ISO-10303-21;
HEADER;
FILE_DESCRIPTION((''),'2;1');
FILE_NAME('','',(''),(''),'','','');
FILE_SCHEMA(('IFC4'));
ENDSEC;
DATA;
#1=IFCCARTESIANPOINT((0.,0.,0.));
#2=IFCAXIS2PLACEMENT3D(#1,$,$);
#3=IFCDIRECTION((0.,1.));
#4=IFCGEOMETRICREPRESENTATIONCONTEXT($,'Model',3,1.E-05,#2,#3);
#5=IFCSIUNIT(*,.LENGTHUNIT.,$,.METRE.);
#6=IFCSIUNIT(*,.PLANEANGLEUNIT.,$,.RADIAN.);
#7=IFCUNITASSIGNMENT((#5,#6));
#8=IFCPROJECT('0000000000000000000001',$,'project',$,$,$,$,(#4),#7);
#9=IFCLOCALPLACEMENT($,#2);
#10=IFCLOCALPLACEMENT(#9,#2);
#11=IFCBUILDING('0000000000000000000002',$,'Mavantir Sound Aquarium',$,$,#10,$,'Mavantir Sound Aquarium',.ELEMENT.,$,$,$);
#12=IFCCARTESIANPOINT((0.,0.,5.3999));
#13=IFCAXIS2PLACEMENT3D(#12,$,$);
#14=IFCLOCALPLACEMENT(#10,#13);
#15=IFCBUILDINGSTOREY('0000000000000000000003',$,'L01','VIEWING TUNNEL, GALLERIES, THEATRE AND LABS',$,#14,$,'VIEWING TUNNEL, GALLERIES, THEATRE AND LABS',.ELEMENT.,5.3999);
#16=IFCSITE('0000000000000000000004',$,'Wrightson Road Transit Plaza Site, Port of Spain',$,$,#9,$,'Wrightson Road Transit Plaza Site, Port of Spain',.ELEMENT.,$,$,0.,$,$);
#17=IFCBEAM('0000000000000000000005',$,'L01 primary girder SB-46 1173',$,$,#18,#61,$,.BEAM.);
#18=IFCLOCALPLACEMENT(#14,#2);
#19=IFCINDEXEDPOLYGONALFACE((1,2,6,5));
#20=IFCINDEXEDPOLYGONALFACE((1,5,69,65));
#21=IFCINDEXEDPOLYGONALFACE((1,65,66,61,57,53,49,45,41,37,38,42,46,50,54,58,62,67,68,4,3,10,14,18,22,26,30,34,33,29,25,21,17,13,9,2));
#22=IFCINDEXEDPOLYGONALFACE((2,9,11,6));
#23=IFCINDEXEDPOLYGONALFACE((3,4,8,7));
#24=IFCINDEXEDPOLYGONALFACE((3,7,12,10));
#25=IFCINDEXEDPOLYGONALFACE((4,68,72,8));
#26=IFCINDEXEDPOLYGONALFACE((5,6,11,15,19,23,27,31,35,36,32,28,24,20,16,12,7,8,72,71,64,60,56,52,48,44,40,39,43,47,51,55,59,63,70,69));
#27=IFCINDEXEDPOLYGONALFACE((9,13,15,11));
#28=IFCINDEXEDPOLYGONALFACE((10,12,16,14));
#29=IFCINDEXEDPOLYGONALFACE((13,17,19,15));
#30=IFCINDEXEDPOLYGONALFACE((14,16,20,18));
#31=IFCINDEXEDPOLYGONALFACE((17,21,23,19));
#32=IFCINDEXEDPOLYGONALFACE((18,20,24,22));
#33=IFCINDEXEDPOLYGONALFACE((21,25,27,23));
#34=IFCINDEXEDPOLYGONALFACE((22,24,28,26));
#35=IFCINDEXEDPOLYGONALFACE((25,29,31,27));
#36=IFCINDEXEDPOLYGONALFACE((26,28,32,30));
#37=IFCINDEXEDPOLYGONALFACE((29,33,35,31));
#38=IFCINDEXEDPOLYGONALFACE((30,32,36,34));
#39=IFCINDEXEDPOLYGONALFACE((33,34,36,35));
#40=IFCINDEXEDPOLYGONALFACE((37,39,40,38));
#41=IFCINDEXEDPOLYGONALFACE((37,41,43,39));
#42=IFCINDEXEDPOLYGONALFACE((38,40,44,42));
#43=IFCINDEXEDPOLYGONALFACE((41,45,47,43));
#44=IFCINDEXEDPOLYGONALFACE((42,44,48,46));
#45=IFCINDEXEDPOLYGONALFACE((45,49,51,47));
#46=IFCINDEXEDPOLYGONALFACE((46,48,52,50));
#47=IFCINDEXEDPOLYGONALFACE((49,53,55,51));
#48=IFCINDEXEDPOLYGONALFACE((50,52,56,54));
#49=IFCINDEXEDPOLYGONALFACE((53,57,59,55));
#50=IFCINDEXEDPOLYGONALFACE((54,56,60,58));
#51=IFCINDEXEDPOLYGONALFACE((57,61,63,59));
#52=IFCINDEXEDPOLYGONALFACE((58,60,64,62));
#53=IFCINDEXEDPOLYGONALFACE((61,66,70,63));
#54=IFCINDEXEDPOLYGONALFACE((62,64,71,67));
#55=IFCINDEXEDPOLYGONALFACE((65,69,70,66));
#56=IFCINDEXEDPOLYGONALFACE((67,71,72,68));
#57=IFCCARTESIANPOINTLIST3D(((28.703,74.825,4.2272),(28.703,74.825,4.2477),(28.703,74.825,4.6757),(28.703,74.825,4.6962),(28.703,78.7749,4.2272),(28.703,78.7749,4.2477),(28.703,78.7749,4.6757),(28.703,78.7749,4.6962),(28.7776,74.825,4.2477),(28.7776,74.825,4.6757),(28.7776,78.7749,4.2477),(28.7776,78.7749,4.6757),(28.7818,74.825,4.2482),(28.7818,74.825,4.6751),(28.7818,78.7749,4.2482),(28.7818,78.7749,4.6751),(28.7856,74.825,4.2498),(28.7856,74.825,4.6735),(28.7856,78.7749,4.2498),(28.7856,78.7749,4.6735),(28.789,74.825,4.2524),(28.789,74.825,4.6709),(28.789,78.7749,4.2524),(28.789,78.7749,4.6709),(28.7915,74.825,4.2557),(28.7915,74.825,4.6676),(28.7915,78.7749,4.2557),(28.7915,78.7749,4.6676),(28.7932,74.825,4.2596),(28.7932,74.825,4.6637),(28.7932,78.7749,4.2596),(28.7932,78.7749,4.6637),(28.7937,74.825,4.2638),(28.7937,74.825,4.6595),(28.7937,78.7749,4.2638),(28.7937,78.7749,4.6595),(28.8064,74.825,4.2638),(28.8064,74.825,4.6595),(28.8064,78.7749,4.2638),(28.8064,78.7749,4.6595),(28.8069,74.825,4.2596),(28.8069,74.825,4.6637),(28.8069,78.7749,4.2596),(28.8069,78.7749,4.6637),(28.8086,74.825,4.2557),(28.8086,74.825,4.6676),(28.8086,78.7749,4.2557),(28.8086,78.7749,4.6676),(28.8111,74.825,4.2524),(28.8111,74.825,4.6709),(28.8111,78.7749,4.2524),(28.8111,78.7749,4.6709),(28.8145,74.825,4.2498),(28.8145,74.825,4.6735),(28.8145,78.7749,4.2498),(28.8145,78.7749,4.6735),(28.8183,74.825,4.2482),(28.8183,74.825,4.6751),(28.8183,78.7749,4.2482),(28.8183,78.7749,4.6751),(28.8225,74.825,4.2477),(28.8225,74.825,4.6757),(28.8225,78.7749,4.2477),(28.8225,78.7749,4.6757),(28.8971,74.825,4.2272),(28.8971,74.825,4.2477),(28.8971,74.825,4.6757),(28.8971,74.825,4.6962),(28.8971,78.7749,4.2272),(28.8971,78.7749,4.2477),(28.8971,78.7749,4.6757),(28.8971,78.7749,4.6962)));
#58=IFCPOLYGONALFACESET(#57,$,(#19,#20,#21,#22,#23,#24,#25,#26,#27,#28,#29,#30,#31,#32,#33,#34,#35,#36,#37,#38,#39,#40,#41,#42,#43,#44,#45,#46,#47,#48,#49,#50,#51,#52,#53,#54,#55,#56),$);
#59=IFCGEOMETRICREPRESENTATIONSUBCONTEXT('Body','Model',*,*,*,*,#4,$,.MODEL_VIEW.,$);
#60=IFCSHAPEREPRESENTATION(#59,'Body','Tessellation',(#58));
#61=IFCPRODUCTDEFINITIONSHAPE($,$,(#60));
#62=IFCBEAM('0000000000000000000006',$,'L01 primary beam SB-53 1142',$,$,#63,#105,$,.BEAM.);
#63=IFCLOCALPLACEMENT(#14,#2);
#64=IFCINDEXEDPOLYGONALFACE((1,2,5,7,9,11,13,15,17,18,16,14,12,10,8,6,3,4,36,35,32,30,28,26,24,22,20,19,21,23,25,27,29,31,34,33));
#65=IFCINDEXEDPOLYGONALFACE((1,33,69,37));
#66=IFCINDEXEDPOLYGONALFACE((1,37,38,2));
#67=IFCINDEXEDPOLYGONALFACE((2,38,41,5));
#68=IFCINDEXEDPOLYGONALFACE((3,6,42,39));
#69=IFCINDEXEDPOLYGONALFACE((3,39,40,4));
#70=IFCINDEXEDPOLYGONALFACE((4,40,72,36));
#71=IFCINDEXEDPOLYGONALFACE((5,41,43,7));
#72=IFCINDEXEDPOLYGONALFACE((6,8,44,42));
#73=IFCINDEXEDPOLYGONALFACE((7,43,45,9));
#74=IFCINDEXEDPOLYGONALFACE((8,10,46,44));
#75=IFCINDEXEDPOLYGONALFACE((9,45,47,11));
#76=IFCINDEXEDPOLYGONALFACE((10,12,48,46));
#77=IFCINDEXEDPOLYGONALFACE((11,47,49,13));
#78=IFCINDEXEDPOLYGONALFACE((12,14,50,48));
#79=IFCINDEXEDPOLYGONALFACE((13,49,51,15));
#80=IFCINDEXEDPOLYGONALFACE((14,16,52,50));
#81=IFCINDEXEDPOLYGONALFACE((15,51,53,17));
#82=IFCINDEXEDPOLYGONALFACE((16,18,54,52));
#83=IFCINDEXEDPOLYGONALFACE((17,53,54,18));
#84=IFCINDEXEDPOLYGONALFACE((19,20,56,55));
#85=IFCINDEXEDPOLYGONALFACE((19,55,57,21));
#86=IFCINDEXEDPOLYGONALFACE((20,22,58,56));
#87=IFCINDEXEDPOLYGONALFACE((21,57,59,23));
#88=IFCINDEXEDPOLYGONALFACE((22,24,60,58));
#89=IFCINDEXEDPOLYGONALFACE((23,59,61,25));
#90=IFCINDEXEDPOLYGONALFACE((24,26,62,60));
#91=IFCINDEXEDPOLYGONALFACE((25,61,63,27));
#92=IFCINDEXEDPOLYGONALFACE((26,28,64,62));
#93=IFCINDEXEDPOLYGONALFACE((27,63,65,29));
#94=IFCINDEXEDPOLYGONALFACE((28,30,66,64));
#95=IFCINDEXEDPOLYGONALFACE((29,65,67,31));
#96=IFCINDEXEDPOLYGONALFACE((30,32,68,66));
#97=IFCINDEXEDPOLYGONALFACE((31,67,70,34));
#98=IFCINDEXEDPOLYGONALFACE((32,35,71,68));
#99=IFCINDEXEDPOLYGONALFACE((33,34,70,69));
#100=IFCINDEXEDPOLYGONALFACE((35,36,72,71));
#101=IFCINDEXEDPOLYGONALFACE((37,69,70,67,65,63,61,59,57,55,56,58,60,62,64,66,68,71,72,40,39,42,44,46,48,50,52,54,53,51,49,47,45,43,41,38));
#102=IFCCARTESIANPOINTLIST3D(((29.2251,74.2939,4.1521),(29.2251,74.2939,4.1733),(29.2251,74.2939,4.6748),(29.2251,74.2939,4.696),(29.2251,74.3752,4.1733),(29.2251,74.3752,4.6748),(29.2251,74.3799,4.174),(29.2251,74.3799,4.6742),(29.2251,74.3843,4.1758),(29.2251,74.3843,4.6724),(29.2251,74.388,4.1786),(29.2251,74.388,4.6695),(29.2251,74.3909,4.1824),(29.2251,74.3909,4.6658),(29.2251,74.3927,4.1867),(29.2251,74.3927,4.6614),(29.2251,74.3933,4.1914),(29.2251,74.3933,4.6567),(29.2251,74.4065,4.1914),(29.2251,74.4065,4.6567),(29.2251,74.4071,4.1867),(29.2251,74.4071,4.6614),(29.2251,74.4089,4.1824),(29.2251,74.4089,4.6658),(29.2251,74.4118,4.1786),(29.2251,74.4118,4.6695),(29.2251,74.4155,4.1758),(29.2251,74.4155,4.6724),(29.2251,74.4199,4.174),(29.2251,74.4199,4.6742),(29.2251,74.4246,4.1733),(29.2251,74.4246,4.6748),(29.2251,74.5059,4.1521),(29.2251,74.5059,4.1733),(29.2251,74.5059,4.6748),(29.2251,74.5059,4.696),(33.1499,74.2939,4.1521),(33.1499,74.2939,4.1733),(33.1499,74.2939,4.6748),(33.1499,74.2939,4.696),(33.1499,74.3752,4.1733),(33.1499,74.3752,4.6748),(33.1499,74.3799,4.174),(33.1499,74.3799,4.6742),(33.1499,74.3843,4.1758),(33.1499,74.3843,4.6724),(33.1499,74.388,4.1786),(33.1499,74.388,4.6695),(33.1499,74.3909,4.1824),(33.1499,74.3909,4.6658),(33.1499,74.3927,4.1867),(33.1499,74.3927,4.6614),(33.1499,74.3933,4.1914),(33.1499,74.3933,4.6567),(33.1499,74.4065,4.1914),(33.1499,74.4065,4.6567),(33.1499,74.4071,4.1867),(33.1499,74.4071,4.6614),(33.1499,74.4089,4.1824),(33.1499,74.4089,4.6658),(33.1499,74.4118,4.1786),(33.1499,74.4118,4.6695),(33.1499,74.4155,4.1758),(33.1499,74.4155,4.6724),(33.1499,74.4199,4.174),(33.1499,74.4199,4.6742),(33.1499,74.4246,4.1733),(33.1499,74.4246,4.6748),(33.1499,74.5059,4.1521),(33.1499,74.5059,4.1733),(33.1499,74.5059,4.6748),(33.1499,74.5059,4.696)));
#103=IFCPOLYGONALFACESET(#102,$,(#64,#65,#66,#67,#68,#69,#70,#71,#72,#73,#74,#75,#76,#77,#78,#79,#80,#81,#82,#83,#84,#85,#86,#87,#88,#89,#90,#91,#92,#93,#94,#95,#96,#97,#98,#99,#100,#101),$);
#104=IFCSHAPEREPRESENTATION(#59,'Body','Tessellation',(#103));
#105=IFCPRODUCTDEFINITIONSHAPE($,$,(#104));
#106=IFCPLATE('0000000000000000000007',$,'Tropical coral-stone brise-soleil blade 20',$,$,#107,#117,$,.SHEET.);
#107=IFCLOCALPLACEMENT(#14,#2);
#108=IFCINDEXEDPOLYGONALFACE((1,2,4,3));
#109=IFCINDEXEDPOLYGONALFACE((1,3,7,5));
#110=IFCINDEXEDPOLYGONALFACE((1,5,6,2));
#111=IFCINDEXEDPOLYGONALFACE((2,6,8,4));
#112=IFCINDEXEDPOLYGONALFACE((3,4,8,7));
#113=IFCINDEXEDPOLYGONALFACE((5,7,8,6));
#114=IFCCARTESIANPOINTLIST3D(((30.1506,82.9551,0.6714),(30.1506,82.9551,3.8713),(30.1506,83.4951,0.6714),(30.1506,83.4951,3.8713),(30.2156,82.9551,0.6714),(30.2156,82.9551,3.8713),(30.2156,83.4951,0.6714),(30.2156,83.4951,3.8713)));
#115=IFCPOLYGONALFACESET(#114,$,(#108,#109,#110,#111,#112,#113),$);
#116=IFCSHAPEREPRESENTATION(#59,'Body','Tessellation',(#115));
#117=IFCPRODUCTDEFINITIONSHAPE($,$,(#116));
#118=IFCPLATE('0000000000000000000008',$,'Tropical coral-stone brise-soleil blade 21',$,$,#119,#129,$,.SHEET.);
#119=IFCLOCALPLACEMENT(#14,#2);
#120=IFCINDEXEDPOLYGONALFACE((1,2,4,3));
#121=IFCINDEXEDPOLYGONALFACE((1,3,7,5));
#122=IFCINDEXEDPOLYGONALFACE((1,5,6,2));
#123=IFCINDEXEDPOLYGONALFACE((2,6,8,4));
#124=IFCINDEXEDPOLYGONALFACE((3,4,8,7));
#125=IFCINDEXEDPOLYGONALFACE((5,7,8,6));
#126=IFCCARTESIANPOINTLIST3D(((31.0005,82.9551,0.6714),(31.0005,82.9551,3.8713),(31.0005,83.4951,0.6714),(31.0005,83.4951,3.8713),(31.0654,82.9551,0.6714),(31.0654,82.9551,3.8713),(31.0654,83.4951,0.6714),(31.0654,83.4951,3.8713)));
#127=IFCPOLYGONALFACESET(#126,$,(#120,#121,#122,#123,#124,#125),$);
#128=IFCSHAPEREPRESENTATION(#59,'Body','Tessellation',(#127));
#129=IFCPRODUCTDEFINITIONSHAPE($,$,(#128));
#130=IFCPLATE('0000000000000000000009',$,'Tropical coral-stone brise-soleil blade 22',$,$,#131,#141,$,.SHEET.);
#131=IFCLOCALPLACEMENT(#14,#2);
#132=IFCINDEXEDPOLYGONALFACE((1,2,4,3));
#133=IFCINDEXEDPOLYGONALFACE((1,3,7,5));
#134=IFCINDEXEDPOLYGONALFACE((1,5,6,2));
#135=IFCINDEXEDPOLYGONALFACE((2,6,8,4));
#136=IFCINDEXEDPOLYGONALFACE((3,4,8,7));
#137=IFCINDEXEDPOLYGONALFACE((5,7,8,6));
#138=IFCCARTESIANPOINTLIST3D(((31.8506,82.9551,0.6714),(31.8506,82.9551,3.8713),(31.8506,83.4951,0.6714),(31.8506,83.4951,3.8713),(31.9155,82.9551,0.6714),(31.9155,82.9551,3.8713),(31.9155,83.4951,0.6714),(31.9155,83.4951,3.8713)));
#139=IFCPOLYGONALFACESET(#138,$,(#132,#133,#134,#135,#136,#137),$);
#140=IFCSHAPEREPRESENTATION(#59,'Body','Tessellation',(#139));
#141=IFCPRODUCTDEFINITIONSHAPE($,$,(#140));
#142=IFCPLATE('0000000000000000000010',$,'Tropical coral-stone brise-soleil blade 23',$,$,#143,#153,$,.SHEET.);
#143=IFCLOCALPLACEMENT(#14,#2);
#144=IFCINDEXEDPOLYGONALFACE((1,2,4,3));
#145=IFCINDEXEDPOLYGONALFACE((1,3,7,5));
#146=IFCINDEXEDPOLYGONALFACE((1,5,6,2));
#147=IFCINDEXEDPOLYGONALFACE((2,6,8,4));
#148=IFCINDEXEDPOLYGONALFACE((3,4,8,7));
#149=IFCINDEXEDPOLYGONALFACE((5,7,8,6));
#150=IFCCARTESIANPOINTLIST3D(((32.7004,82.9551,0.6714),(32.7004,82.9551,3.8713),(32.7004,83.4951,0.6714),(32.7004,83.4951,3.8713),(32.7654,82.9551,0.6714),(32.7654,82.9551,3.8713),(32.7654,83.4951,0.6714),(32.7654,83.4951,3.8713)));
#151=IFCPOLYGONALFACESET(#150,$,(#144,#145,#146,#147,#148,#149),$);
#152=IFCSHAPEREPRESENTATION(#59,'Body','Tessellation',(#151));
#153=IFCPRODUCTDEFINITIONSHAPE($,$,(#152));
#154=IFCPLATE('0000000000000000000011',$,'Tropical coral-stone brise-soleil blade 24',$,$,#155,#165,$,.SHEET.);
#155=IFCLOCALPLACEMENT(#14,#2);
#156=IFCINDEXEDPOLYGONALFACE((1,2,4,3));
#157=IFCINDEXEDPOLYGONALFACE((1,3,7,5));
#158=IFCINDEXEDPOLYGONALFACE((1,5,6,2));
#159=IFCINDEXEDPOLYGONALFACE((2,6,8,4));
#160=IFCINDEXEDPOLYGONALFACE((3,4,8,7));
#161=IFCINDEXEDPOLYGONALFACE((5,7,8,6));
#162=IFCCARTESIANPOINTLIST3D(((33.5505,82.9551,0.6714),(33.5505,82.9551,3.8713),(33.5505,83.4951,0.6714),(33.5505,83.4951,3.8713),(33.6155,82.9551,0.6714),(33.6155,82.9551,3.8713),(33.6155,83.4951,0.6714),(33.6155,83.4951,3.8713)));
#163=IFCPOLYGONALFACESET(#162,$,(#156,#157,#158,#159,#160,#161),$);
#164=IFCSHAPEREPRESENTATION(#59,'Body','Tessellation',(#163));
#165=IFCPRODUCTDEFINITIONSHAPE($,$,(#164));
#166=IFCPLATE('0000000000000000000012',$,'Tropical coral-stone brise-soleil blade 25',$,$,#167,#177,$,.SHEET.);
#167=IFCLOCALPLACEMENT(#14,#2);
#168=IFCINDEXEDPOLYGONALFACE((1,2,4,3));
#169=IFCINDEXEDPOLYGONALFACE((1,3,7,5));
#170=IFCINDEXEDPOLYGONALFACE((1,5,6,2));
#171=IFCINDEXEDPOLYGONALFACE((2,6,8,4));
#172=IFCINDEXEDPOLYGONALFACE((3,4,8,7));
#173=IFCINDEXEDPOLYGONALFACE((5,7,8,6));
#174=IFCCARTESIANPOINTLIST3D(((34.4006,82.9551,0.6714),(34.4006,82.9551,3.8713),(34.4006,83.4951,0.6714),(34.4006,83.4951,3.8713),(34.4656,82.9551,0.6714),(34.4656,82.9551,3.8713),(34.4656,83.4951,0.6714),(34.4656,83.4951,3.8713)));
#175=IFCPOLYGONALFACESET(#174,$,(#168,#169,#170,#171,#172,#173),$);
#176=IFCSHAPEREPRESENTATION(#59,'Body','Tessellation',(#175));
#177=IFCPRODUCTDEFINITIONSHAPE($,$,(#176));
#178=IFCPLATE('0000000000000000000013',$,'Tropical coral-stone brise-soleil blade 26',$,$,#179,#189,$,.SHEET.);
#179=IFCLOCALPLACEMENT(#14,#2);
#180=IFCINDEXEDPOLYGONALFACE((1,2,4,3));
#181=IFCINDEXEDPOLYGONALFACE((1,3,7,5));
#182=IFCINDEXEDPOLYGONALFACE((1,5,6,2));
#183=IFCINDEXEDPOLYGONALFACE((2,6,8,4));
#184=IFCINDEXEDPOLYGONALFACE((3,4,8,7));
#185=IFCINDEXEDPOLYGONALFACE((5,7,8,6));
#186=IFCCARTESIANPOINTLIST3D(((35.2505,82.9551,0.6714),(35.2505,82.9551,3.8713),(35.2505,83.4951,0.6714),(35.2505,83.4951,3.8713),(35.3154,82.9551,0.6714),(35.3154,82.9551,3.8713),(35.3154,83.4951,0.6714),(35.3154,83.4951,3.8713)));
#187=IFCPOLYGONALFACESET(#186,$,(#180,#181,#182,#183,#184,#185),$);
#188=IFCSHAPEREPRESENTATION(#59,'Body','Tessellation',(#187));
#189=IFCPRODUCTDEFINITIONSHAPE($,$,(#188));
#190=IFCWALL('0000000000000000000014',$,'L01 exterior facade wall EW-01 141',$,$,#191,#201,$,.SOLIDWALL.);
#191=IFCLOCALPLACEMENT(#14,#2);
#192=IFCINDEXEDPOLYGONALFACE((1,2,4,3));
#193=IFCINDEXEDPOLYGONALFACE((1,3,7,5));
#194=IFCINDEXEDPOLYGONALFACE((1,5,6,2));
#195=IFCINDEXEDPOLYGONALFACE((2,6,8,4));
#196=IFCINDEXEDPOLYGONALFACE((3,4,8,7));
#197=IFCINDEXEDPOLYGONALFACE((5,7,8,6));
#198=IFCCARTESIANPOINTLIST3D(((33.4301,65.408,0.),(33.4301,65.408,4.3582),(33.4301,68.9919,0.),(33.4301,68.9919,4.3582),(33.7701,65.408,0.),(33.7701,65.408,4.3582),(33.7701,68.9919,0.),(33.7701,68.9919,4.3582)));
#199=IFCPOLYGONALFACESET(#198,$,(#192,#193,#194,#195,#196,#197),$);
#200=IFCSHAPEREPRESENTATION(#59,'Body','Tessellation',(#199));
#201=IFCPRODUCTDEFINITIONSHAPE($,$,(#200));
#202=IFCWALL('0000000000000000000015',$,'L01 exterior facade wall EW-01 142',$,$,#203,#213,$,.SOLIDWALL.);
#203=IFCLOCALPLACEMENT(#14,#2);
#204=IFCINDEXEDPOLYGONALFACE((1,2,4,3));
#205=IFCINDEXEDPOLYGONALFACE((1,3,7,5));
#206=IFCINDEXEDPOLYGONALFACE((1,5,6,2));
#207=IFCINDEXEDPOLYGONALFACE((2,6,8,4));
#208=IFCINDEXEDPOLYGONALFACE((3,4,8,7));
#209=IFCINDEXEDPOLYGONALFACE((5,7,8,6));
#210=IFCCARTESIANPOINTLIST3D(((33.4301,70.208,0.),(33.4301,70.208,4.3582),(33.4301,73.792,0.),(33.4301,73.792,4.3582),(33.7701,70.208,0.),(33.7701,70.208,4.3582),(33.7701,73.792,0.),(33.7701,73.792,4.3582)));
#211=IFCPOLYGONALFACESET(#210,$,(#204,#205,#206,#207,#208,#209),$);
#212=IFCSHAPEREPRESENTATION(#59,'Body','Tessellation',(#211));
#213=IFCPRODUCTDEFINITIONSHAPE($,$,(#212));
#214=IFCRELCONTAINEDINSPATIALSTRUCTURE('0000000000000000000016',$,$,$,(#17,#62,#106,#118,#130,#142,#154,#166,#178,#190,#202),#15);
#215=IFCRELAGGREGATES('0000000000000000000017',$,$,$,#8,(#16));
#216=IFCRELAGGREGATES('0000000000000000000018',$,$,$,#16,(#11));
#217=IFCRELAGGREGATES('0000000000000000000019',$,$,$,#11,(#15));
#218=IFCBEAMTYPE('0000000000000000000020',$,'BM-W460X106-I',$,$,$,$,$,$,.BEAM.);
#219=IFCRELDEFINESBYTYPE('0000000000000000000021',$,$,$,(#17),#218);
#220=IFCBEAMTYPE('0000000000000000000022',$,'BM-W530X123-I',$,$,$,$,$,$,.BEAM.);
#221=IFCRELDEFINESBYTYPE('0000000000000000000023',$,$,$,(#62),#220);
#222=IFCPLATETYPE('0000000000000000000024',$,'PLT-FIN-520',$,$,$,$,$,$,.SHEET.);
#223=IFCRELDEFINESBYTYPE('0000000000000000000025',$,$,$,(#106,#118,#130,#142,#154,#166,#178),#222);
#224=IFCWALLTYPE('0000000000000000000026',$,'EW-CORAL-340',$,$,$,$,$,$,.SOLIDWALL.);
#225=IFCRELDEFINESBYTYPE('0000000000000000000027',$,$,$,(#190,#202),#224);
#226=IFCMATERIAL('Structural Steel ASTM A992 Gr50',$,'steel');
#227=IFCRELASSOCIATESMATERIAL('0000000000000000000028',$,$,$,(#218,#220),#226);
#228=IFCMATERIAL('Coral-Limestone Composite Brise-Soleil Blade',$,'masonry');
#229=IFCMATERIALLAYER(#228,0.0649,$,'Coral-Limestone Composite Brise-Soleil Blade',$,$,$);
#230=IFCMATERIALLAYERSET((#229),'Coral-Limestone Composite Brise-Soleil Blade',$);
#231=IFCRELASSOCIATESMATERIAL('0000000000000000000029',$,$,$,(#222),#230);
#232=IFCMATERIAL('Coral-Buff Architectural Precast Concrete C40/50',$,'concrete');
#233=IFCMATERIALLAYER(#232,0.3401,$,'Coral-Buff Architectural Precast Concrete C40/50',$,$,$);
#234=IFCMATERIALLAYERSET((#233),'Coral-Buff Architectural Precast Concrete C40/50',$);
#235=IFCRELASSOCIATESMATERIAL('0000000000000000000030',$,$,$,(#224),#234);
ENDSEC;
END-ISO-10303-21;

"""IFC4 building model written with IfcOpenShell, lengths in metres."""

from ifc_helpers import new_model, si_unit, direction, frame, frame_2d, origin, origin_2d, place, context, subcontext, project, spatial, rectangle, i_section, extrude, material, layer, layer_set, material_profile, profile_set, type_object, element, save


model = new_model("IFC4")

# Units and contexts
model_context = context("Model", 3, precision=1e-05, world=origin(), true_north=direction((0.0, 1.0)))
body_context = subcontext(model_context, "Body", "Model", "MODEL_VIEW")
ifc_project = project(units=[si_unit("LENGTHUNIT", "METRE"), si_unit("PLANEANGLEUNIT", "RADIAN")], contexts=[model_context])

# Site, building, storey
site_placement = place(None, origin())
site = spatial("IfcSite", under=ifc_project, at=site_placement, Name="Wrightson Road Transit Plaza Site, Port of Spain", LongName="Wrightson Road Transit Plaza Site, Port of Spain", CompositionType="ELEMENT", RefElevation=0.0)
building_placement = place(site_placement, origin())
building = spatial("IfcBuilding", under=site, at=building_placement, Name="Mavantir Sound Aquarium", LongName="Mavantir Sound Aquarium", CompositionType="ELEMENT")
storey_placement = place(building_placement, frame((0.0, 0.0, 5.3999)))
storey = spatial("IfcBuildingStorey", under=building, at=storey_placement, Name="L01", Description="VIEWING TUNNEL, GALLERIES, THEATRE AND LABS", LongName="VIEWING TUNNEL, GALLERIES, THEATRE AND LABS", CompositionType="ELEMENT", Elevation=5.3999)

# Beams
ifc_material_1 = material(Name="Structural Steel ASTM A992 Gr50", Category="steel")
ifc_material_profile_1 = material_profile(ifc_material_1, i_section(OverallWidth=0.1941, OverallDepth=0.469, WebThickness=0.0127, FlangeThickness=0.0205, FilletRadius=0.0161, at=origin_2d()), Name="W460X106")
ifc_profile_set_1 = profile_set([ifc_material_profile_1], Name="Structural Steel ASTM A992 Gr50")
beam_type_1 = type_object("IfcBeamType", Name="BM-W460X106-I", PredefinedType="BEAM", material=ifc_profile_set_1)
beam_1_placement = place(storey_placement, frame((28.8, 74.825, 4.4617), z_axis=(0.0, 1.0, 0.0), x_axis=(-1.0, 0.0, 0.0)))
element("IfcBeam", 1, at=beam_1_placement, inside=storey, type_object=beam_type_1, Name="L01 primary girder SB-46 1173", PredefinedType="BEAM", context=body_context, shape_type="SweptSolid", body=[
    extrude(i_section(OverallWidth=0.1941, OverallDepth=0.469, WebThickness=0.0127, FlangeThickness=0.0205, FilletRadius=0.0161, at=origin_2d()), origin(), (0.0, 0.0, 1.0), 3.95),
])
ifc_material_profile_2 = material_profile(ifc_material_1, i_section(OverallWidth=0.2119, OverallDepth=0.5439, WebThickness=0.0132, FlangeThickness=0.0212, FilletRadius=0.0181, at=origin_2d()), Name="W530X123")
ifc_profile_set_2 = profile_set([ifc_material_profile_2], Name="Structural Steel ASTM A992 Gr50")
beam_type_2 = type_object("IfcBeamType", Name="BM-W530X123-I", PredefinedType="BEAM", material=ifc_profile_set_2)
beam_2_placement = place(storey_placement, frame((29.2251, 74.3999, 4.4241), z_axis=(1.0, 0.0, 0.0), x_axis=(0.0, 1.0, 0.0)))
element("IfcBeam", 2, at=beam_2_placement, inside=storey, type_object=beam_type_2, Name="L01 primary beam SB-53 1142", PredefinedType="BEAM", context=body_context, shape_type="SweptSolid", body=[
    extrude(i_section(OverallWidth=0.2119, OverallDepth=0.5439, WebThickness=0.0132, FlangeThickness=0.0212, FilletRadius=0.0181, at=origin_2d()), origin(), (0.0, 0.0, 1.0), 3.9248),
])

# Plates
ifc_material_2 = material(Name="Coral-Limestone Composite Brise-Soleil Blade", Category="masonry")
ifc_layer_1 = layer(ifc_material_2, 0.0649, Name="Coral-Limestone Composite Brise-Soleil Blade")
ifc_layer_set_1 = layer_set([ifc_layer_1], Name="Coral-Limestone Composite Brise-Soleil Blade")
plate_type = type_object("IfcPlateType", Name="PLT-FIN-520", PredefinedType="SHEET", material=ifc_layer_set_1)
for number, where, z_axis, x_axis, name in (
    (3, (30.1831, 83.2251, 0.6714), (0.0, 0.0, 1.0), (-1.0, 0.0, 0.0), "Tropical coral-stone brise-soleil blade 20"),
    (4, (31.033, 83.2251, 0.6714), (0.0, 0.0, 1.0), (-1.0, 0.0, 0.0), "Tropical coral-stone brise-soleil blade 21"),
    (5, (31.8831, 83.2251, 0.6714), (0.0, 0.0, 1.0), (-1.0, 0.0, 0.0), "Tropical coral-stone brise-soleil blade 22"),
    (6, (32.7329, 83.2251, 0.6714), (0.0, 0.0, 1.0), (-1.0, 0.0, 0.0), "Tropical coral-stone brise-soleil blade 23"),
    (7, (33.583, 83.2251, 0.6714), (0.0, 0.0, 1.0), (-1.0, 0.0, 0.0), "Tropical coral-stone brise-soleil blade 24"),
    (8, (34.4331, 83.2251, 0.6714), (0.0, 0.0, 1.0), (-1.0, 0.0, 0.0), "Tropical coral-stone brise-soleil blade 25"),
    (9, (35.283, 83.2251, 0.6714), (0.0, 0.0, 1.0), (-1.0, 0.0, 0.0), "Tropical coral-stone brise-soleil blade 26"),
):
    element("IfcPlate", number, at=place(storey_placement, frame(where, z_axis=z_axis, x_axis=x_axis)), inside=storey, type_object=plate_type, Name=name, PredefinedType="SHEET", context=body_context, shape_type="SweptSolid", body=[
        extrude(rectangle(XDim=0.0649, YDim=0.54, at=origin_2d()), origin(), (0.0, 0.0, 1.0), 3.2),
    ])

# Walls
ifc_material_3 = material(Name="Coral-Buff Architectural Precast Concrete C40/50", Category="concrete")
ifc_layer_2 = layer(ifc_material_3, 0.3401, Name="Coral-Buff Architectural Precast Concrete C40/50")
ifc_layer_set_2 = layer_set([ifc_layer_2], Name="Coral-Buff Architectural Precast Concrete C40/50")
wall_type = type_object("IfcWallType", Name="EW-CORAL-340", PredefinedType="SOLIDWALL", material=ifc_layer_set_2)
for number, where, z_axis, x_axis, name in (
    (10, (33.6001, 65.408, 0.0), (0.0, 0.0, 1.0), (0.0, 1.0, 0.0), "L01 exterior facade wall EW-01 141"),
    (11, (33.6001, 70.208, 0.0), (0.0, 0.0, 1.0), (0.0, 1.0, 0.0), "L01 exterior facade wall EW-01 142"),
):
    element("IfcWall", number, at=place(storey_placement, frame(where, z_axis=z_axis, x_axis=x_axis)), inside=storey, type_object=wall_type, Name=name, PredefinedType="SOLIDWALL", context=body_context, shape_type="SweptSolid", body=[
        extrude(rectangle(XDim=3.584, YDim=0.3401, at=frame_2d((1.792, 0.0))), origin(), (0.0, 0.0, 1.0), 4.3582),
    ])

save(model, "model.ifc")
